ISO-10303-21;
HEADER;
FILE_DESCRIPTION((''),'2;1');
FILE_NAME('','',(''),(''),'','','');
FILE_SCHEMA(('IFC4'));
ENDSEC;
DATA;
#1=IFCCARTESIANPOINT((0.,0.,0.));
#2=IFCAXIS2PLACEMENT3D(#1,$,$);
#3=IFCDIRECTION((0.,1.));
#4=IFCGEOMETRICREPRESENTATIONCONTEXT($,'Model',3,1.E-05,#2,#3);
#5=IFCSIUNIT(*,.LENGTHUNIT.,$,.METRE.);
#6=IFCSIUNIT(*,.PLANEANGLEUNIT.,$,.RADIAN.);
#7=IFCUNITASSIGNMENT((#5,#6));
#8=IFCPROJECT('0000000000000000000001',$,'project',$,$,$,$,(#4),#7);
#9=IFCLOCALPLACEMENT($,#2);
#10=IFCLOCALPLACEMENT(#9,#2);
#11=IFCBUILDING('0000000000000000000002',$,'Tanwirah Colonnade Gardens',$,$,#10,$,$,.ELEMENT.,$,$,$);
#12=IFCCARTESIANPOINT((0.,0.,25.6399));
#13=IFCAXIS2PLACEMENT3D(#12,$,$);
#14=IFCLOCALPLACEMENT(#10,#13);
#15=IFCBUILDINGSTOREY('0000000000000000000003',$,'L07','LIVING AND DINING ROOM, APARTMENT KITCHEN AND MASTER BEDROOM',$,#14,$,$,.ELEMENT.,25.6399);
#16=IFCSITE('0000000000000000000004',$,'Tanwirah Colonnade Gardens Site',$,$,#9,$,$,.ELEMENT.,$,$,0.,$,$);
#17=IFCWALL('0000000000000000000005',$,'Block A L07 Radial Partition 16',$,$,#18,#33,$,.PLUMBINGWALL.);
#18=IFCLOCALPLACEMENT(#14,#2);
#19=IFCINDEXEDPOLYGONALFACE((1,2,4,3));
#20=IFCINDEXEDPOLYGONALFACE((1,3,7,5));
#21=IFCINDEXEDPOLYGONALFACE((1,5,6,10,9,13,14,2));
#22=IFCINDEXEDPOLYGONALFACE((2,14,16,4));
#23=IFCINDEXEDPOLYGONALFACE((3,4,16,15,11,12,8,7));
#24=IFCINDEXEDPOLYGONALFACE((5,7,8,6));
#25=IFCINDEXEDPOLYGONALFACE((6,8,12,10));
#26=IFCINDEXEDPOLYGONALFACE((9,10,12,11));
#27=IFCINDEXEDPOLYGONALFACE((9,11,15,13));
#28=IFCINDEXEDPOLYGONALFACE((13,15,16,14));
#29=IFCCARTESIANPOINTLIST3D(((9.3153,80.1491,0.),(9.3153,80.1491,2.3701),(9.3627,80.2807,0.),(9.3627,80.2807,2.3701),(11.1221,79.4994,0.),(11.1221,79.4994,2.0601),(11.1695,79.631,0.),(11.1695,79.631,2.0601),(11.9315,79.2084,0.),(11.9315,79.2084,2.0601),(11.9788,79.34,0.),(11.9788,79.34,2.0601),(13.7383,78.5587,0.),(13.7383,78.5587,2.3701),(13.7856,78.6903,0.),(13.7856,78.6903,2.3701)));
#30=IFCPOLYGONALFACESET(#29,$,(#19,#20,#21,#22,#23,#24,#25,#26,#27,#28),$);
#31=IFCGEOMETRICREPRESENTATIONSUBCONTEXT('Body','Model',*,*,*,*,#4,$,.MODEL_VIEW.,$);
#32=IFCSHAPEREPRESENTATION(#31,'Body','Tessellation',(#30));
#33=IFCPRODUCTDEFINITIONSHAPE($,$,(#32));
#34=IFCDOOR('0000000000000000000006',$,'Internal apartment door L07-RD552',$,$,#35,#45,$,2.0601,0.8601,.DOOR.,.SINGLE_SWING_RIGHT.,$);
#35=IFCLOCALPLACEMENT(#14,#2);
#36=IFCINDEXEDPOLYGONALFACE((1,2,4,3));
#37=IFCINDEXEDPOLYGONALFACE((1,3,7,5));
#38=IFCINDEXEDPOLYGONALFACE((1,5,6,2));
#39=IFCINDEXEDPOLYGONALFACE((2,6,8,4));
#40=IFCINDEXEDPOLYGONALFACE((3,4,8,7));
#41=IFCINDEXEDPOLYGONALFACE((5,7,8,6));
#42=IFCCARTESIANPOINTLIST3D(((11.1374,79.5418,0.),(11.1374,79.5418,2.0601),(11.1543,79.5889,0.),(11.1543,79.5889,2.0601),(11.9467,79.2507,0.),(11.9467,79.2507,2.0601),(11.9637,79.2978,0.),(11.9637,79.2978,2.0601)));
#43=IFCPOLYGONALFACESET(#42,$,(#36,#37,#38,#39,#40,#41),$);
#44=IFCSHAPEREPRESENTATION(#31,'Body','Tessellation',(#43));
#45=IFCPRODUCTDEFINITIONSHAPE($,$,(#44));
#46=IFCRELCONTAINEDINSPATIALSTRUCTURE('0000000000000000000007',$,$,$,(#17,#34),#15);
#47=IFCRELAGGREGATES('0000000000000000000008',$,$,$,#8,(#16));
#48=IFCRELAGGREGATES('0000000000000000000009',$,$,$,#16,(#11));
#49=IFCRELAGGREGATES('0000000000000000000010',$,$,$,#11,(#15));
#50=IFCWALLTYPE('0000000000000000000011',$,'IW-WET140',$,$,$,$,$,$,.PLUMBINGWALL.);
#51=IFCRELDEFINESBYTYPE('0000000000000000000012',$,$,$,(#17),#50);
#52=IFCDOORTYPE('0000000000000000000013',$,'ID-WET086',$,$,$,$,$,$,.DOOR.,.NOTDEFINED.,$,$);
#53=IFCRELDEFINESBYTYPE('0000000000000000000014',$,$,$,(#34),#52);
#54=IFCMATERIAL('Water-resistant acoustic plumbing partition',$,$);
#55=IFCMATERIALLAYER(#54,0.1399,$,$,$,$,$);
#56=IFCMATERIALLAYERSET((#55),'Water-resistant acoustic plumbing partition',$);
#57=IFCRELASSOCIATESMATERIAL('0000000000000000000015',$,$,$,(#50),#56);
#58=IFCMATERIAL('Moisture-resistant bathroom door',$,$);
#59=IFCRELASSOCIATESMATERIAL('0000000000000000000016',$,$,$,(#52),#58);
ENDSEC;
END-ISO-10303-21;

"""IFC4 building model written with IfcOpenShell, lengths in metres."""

from ifc_helpers import new_model, si_unit, direction, frame, frame_2d, origin, place, context, subcontext, project, spatial, rectangle, extrude, material, layer, layer_set, type_object, element, fill, save


model = new_model("IFC4")

# Units and contexts
model_context = context("Model", 3, precision=1e-05, world=origin(), true_north=direction((0.0, 1.0)))
body_context = subcontext(model_context, "Body", "Model", "MODEL_VIEW")
ifc_project = project(units=[si_unit("LENGTHUNIT", "METRE"), si_unit("PLANEANGLEUNIT", "RADIAN")], contexts=[model_context])

# Site, building, storey
site_placement = place(None, origin())
site = spatial("IfcSite", under=ifc_project, at=site_placement, Name="Tanwirah Colonnade Gardens Site", CompositionType="ELEMENT", RefElevation=0.0)
building_placement = place(site_placement, origin())
building = spatial("IfcBuilding", under=site, at=building_placement, Name="Tanwirah Colonnade Gardens", CompositionType="ELEMENT")
storey_placement = place(building_placement, frame((0.0, 0.0, 25.6399)))
storey = spatial("IfcBuildingStorey", under=building, at=storey_placement, Name="L07", Description="LIVING AND DINING ROOM, APARTMENT KITCHEN AND MASTER BEDROOM", CompositionType="ELEMENT", Elevation=25.6399)

# Wall, opening, door
ifc_material_1 = material(Name="Water-resistant acoustic plumbing partition")
ifc_layer_1 = layer(ifc_material_1, 0.1399)
ifc_layer_set_1 = layer_set([ifc_layer_1], Name="Water-resistant acoustic plumbing partition")
wall_type_1 = type_object("IfcWallType", Name="IW-WET140", PredefinedType="PLUMBINGWALL", material=ifc_layer_set_1)
wall_1_placement = place(storey_placement, frame((13.762, 78.6245, 0.0), z_axis=(0.0, 0.0, 1.0), x_axis=(-0.941016, 0.338363, 0.0)))
wall_1 = element("IfcWall", 1, at=wall_1_placement, inside=storey, type_object=wall_type_1, Name="Block A L07 Radial Partition 16", PredefinedType="PLUMBINGWALL", context=body_context, shape_type="SweptSolid", body=[
    extrude(rectangle(XDim=4.7002, YDim=0.1399, at=frame_2d((2.3501, 0.0))), origin(), (0.0, 0.0, 1.0), 2.3701),
])
opening_1_placement = place(wall_1_placement, frame((1.9199, 0.0, 0.0)))
opening_1 = element("IfcOpeningElement", 2, at=opening_1_placement, cuts=wall_1, PredefinedType="OPENING", context=body_context, shape_type="SweptSolid", body=[
    extrude(rectangle(XDim=0.8601, YDim=2.0601, at=frame_2d((0.4302, 1.03))), frame((0.0, 0.0798, 0.0), z_axis=(0.0, -1.0, 0.0), x_axis=(1.0, 0.0, 0.0)), (0.0, 0.0, 1.0), 0.1599),
])
ifc_material_2 = material(Name="Moisture-resistant bathroom door")
door_type_1 = type_object("IfcDoorType", Name="ID-WET086", OperationType="NOTDEFINED", PredefinedType="DOOR", material=ifc_material_2)
door_1_placement = place(opening_1_placement, origin())
door_1 = element("IfcDoor", 3, at=door_1_placement, inside=storey, type_object=door_type_1, Name="Internal apartment door L07-RD552", OperationType="SINGLE_SWING_RIGHT", OverallHeight=2.0601, OverallWidth=0.8601, PredefinedType="DOOR", context=body_context, shape_type="SweptSolid", body=[
    extrude(rectangle(XDim=0.8601, YDim=2.0601, at=frame_2d((0.4302, 1.03))), frame((0.0, 0.0249, 0.0), z_axis=(0.0, -1.0, 0.0), x_axis=(1.0, 0.0, 0.0)), (0.0, 0.0, 1.0), 0.05),
])
fill(opening_1, door_1)

save(model, "model.ifc")
